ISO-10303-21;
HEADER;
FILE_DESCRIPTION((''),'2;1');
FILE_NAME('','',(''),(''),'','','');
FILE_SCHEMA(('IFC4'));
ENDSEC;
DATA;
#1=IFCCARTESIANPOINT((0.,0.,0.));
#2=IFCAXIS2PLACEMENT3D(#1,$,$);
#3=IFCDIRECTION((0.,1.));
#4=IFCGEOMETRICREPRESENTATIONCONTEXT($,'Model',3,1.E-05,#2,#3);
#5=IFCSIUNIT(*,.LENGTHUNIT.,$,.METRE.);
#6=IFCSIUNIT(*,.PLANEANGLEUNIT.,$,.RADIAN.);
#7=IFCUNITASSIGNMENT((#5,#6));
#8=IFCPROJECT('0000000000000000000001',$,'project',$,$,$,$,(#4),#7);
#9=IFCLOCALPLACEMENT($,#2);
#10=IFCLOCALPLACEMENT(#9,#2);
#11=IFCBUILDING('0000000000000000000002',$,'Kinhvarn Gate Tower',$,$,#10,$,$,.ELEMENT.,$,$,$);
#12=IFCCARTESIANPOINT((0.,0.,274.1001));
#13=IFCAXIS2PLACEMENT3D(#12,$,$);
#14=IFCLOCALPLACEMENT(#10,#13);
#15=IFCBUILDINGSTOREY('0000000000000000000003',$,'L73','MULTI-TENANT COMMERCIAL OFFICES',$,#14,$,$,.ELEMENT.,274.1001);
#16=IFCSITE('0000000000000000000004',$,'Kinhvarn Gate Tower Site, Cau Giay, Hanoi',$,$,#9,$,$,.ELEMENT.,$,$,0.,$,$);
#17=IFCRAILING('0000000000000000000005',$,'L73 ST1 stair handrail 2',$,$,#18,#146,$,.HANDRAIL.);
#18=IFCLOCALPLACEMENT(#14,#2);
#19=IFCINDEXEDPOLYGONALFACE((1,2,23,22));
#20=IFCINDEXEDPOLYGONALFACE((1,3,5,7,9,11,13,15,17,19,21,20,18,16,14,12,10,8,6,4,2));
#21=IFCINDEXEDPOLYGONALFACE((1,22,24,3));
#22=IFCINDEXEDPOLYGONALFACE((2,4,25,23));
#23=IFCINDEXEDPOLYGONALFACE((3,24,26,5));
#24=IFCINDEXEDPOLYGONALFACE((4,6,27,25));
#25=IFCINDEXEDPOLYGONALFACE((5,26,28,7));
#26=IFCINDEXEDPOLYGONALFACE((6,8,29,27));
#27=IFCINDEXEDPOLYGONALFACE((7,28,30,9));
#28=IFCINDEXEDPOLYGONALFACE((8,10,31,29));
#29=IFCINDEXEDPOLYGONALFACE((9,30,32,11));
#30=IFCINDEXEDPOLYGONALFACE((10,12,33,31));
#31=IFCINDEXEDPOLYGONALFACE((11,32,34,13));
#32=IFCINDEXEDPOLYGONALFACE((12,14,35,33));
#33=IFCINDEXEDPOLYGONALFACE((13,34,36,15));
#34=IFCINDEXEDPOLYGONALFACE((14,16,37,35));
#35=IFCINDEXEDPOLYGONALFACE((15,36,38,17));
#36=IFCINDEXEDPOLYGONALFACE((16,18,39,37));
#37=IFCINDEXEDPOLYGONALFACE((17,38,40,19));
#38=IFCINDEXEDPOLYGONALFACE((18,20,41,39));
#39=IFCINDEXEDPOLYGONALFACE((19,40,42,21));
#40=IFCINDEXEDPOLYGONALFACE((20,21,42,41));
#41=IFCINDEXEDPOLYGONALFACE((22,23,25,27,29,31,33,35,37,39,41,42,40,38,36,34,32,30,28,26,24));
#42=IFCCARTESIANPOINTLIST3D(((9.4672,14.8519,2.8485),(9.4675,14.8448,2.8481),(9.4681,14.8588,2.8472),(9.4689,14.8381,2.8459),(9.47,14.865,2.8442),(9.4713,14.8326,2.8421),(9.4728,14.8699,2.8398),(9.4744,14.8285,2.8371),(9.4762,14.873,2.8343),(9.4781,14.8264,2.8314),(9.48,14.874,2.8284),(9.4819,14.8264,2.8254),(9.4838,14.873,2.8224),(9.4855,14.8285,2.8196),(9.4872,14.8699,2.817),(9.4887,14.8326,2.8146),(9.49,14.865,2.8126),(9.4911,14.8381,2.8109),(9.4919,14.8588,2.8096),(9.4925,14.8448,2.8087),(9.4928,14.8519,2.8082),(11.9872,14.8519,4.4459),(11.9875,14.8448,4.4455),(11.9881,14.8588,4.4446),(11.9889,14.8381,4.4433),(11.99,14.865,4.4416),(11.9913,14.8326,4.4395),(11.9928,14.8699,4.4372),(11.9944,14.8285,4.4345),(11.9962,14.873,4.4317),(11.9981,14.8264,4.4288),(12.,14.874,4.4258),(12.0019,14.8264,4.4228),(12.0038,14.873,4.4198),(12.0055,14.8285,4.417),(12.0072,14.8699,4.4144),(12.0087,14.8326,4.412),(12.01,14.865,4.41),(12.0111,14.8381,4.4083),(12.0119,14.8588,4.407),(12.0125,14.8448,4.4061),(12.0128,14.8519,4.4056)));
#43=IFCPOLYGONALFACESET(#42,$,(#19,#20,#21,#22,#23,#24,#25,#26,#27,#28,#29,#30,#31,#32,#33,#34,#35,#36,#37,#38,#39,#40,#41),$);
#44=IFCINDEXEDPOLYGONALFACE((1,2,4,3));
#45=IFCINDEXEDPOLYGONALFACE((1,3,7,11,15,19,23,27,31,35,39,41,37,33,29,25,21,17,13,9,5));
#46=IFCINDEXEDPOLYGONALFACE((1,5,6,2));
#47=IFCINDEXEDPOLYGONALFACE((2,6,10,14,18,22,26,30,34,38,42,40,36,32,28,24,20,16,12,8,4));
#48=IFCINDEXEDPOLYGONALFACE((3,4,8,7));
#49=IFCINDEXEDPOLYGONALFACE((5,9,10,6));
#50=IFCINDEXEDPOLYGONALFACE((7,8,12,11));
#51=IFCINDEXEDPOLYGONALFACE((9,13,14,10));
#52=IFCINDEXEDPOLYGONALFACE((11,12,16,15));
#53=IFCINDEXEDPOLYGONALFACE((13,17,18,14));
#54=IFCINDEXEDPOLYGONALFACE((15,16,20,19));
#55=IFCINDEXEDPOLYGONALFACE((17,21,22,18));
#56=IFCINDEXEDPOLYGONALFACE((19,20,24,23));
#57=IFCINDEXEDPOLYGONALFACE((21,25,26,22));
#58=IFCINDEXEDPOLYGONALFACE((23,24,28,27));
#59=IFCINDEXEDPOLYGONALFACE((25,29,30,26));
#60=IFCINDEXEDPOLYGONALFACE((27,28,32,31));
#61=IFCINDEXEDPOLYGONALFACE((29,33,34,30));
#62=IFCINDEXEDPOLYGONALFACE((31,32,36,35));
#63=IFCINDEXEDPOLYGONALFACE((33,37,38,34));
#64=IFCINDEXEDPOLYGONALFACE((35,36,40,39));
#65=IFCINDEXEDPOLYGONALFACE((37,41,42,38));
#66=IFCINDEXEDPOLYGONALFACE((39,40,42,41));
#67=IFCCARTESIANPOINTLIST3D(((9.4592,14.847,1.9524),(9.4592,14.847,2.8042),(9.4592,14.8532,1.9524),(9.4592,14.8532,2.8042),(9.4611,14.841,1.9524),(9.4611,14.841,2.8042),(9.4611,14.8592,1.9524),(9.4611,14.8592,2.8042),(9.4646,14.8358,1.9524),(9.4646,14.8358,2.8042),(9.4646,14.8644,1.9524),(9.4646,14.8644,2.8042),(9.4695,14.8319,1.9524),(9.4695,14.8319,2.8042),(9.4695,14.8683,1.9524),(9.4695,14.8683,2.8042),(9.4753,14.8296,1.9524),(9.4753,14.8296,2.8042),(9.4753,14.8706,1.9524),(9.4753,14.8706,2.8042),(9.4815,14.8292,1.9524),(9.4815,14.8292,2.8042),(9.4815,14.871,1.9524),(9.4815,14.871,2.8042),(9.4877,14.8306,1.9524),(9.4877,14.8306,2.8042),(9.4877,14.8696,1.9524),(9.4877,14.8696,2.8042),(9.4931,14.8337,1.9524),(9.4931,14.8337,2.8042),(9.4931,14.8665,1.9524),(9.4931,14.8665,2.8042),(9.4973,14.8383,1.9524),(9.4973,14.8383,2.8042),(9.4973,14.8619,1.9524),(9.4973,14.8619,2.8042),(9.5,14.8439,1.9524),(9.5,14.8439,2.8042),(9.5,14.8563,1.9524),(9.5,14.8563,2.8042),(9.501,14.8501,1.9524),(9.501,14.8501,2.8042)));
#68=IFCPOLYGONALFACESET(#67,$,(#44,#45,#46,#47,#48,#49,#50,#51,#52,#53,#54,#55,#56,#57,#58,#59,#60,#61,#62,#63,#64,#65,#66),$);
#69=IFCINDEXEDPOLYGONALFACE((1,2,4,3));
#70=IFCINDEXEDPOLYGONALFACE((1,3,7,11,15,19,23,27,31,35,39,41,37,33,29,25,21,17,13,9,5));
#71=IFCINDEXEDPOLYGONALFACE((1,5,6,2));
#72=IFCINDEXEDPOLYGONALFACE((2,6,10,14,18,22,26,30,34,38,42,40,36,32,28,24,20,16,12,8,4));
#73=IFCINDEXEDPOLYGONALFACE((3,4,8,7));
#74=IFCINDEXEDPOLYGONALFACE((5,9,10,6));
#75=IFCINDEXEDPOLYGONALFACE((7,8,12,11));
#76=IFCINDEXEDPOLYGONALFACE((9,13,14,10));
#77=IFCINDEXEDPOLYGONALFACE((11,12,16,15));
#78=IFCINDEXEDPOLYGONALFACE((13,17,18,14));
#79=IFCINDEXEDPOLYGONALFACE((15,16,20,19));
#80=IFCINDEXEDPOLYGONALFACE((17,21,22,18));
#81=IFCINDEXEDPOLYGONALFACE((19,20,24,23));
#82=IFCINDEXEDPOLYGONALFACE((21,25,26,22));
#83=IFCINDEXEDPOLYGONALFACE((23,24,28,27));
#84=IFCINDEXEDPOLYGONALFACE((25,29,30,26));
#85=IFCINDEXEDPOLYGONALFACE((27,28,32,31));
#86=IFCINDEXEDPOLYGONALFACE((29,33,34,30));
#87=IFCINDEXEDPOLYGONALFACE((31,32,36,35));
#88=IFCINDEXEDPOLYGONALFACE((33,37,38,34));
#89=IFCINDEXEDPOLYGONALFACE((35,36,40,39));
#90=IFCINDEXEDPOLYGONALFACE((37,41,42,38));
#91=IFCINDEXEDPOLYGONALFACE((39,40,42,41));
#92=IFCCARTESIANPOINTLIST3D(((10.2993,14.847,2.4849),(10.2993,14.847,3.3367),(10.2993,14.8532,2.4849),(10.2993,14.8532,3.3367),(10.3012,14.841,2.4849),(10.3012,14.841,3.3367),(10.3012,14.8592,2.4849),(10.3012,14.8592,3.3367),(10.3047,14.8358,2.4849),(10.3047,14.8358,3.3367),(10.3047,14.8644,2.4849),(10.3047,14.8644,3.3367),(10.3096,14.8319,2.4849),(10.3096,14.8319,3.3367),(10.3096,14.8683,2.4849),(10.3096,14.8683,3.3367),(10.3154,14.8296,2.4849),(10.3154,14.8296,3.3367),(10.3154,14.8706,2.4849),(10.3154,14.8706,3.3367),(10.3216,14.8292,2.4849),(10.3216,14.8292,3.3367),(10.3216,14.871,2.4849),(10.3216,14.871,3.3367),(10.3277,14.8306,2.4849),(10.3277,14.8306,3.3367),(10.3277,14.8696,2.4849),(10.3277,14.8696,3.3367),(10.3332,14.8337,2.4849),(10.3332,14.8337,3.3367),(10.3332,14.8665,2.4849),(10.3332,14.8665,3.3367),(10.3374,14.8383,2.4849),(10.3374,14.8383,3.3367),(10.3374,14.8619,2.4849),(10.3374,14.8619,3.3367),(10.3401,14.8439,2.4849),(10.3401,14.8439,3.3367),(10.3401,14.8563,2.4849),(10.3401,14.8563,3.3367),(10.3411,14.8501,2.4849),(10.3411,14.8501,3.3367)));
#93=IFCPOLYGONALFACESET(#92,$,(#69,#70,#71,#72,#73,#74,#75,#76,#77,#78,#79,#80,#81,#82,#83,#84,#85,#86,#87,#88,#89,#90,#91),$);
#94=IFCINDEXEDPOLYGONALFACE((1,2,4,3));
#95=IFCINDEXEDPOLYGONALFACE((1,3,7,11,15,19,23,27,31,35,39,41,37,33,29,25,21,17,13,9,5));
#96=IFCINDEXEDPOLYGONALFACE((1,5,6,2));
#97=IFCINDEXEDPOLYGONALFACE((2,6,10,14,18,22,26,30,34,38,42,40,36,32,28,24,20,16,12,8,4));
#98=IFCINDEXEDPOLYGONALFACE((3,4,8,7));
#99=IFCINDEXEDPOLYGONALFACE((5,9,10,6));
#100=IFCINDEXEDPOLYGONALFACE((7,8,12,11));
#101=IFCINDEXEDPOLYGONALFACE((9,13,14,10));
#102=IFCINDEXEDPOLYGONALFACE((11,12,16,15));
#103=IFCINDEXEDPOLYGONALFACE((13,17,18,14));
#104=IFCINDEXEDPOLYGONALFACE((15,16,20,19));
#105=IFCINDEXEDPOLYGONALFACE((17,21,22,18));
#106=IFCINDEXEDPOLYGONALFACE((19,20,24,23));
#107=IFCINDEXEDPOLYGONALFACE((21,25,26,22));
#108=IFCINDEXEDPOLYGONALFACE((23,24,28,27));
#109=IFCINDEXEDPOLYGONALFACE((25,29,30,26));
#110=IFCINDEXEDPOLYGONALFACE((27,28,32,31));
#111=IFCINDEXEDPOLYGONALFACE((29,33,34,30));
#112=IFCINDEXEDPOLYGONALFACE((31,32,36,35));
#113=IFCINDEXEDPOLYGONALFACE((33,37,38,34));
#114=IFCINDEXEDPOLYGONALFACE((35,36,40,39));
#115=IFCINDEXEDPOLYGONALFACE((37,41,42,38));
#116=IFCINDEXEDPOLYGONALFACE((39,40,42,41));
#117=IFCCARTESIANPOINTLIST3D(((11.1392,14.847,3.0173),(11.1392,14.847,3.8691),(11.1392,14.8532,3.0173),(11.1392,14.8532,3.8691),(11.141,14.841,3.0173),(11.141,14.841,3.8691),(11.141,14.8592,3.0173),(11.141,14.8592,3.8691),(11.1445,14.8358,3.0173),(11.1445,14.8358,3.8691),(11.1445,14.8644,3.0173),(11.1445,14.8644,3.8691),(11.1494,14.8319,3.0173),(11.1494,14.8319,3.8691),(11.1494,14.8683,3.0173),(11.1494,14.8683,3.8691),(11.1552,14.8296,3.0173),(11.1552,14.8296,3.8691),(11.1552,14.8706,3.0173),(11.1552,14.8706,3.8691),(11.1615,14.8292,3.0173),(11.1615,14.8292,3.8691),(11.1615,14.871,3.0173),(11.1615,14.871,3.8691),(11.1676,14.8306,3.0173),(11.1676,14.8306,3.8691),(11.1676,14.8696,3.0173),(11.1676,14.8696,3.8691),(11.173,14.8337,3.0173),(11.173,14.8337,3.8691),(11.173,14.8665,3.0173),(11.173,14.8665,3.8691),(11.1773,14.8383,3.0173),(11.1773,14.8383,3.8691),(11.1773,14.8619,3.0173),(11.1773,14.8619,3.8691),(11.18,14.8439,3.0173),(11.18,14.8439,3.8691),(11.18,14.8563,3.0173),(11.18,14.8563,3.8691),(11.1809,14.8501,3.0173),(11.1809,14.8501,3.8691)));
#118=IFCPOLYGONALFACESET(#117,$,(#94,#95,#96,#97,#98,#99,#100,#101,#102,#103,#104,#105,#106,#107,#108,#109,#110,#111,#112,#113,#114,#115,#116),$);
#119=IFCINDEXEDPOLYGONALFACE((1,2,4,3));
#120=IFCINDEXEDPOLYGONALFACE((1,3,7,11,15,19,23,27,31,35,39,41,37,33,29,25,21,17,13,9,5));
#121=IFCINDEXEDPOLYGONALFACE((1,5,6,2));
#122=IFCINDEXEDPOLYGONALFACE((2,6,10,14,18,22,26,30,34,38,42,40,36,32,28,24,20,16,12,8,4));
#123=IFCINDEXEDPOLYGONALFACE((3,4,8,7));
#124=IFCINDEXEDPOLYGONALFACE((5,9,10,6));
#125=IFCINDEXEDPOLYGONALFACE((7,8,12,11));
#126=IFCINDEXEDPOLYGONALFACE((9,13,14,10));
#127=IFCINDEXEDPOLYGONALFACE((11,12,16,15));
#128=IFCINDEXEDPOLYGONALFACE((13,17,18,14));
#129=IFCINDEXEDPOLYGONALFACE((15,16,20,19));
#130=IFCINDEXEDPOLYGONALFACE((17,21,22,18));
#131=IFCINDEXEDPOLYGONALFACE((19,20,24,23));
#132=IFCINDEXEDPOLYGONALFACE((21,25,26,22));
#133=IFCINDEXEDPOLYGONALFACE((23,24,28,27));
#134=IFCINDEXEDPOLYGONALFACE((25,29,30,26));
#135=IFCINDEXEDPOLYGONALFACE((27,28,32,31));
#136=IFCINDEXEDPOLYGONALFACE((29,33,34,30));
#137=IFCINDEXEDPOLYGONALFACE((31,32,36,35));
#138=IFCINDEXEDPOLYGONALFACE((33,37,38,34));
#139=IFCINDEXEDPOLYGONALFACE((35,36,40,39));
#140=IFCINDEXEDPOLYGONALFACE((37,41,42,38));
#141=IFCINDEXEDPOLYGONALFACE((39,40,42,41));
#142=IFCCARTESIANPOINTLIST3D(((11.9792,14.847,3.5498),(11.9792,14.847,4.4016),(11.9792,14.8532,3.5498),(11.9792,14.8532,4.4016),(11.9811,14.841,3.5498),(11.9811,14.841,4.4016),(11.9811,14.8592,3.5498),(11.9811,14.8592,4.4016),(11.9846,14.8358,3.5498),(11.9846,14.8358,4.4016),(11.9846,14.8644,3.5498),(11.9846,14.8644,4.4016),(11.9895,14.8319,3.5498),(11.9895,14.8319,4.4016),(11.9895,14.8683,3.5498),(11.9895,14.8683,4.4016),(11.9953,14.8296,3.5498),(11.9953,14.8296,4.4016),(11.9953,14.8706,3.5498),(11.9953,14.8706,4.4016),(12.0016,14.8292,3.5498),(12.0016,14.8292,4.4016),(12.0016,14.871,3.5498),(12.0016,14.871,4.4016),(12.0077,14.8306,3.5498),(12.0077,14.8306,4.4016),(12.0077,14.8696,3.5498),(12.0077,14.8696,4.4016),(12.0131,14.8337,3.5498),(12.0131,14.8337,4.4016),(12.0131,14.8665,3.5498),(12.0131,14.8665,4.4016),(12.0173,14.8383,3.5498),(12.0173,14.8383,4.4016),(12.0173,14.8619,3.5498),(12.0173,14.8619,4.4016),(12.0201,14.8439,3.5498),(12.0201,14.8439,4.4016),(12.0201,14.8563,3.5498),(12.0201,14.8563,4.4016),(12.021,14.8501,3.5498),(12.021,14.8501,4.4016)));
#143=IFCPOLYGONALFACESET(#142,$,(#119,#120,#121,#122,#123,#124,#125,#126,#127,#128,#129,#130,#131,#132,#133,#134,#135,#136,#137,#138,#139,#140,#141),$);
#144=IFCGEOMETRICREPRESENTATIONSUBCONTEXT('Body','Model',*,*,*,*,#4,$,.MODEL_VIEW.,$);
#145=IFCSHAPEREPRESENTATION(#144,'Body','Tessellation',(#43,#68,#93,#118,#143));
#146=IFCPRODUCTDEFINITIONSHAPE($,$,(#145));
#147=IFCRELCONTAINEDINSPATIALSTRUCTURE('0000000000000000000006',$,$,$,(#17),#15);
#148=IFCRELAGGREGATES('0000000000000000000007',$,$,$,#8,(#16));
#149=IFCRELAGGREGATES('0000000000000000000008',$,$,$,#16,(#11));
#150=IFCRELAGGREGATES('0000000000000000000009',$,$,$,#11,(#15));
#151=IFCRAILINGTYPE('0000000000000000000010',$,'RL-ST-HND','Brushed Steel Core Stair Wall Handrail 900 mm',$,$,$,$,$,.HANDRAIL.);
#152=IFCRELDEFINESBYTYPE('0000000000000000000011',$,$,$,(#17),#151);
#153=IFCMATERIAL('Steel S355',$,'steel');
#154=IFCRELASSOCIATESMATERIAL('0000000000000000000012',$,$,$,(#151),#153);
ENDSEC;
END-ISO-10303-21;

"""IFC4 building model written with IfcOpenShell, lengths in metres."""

from ifc_helpers import new_model, si_unit, direction, frame, origin, origin_2d, place, context, subcontext, project, spatial, circle, extrude, material, type_object, element, save


model = new_model("IFC4")

# Units and contexts
model_context = context("Model", 3, precision=1e-05, world=origin(), true_north=direction((0.0, 1.0)))
body_context = subcontext(model_context, "Body", "Model", "MODEL_VIEW")
ifc_project = project(units=[si_unit("LENGTHUNIT", "METRE"), si_unit("PLANEANGLEUNIT", "RADIAN")], contexts=[model_context])

# Site, building, storey
site_placement = place(None, origin())
site = spatial("IfcSite", under=ifc_project, at=site_placement, Name="Kinhvarn Gate Tower Site, Cau Giay, Hanoi", CompositionType="ELEMENT", RefElevation=0.0)
building_placement = place(site_placement, origin())
building = spatial("IfcBuilding", under=site, at=building_placement, Name="Kinhvarn Gate Tower", CompositionType="ELEMENT")
storey_placement = place(building_placement, frame((0.0, 0.0, 274.1001)))
storey = spatial("IfcBuildingStorey", under=building, at=storey_placement, Name="L73", Description="MULTI-TENANT COMMERCIAL OFFICES", CompositionType="ELEMENT", Elevation=274.1001)

# Shared definitions
ifc_material_1 = material(Name="Steel S355", Category="steel")

# Railing
railing_type_1 = type_object("IfcRailingType", Name="RL-ST-HND", Description="Brushed Steel Core Stair Wall Handrail 900 mm", PredefinedType="HANDRAIL", material=ifc_material_1)
railing_1_placement = place(storey_placement, frame((9.48, 14.8501, 1.9524)))
element("IfcRailing", 1, at=railing_1_placement, inside=storey, type_object=railing_type_1, Name="L73 ST1 stair handrail 2", PredefinedType="HANDRAIL", context=body_context, shape_type="SweptSolid", body=[
    extrude(circle(Radius=0.0239, at=origin_2d()), frame((0.0, 0.0, 0.876), z_axis=(0.844607, 0.0, 0.535387), x_axis=(0.0, 1.0, 0.0)), (0.0, 0.0, 1.0), 2.9836),
    extrude(circle(Radius=0.021, at=origin_2d()), origin(), (0.0, 0.0, 1.0), 0.8518),
    extrude(circle(Radius=0.021, at=origin_2d()), frame((0.8401, 0.0, 0.5325)), (0.0, 0.0, 1.0), 0.8518),
    extrude(circle(Radius=0.021, at=origin_2d()), frame((1.6799, 0.0, 1.0649)), (0.0, 0.0, 1.0), 0.8518),
    extrude(circle(Radius=0.021, at=origin_2d()), frame((2.52, 0.0, 1.5974)), (0.0, 0.0, 1.0), 0.8518),
])

save(model, "model.ifc")
